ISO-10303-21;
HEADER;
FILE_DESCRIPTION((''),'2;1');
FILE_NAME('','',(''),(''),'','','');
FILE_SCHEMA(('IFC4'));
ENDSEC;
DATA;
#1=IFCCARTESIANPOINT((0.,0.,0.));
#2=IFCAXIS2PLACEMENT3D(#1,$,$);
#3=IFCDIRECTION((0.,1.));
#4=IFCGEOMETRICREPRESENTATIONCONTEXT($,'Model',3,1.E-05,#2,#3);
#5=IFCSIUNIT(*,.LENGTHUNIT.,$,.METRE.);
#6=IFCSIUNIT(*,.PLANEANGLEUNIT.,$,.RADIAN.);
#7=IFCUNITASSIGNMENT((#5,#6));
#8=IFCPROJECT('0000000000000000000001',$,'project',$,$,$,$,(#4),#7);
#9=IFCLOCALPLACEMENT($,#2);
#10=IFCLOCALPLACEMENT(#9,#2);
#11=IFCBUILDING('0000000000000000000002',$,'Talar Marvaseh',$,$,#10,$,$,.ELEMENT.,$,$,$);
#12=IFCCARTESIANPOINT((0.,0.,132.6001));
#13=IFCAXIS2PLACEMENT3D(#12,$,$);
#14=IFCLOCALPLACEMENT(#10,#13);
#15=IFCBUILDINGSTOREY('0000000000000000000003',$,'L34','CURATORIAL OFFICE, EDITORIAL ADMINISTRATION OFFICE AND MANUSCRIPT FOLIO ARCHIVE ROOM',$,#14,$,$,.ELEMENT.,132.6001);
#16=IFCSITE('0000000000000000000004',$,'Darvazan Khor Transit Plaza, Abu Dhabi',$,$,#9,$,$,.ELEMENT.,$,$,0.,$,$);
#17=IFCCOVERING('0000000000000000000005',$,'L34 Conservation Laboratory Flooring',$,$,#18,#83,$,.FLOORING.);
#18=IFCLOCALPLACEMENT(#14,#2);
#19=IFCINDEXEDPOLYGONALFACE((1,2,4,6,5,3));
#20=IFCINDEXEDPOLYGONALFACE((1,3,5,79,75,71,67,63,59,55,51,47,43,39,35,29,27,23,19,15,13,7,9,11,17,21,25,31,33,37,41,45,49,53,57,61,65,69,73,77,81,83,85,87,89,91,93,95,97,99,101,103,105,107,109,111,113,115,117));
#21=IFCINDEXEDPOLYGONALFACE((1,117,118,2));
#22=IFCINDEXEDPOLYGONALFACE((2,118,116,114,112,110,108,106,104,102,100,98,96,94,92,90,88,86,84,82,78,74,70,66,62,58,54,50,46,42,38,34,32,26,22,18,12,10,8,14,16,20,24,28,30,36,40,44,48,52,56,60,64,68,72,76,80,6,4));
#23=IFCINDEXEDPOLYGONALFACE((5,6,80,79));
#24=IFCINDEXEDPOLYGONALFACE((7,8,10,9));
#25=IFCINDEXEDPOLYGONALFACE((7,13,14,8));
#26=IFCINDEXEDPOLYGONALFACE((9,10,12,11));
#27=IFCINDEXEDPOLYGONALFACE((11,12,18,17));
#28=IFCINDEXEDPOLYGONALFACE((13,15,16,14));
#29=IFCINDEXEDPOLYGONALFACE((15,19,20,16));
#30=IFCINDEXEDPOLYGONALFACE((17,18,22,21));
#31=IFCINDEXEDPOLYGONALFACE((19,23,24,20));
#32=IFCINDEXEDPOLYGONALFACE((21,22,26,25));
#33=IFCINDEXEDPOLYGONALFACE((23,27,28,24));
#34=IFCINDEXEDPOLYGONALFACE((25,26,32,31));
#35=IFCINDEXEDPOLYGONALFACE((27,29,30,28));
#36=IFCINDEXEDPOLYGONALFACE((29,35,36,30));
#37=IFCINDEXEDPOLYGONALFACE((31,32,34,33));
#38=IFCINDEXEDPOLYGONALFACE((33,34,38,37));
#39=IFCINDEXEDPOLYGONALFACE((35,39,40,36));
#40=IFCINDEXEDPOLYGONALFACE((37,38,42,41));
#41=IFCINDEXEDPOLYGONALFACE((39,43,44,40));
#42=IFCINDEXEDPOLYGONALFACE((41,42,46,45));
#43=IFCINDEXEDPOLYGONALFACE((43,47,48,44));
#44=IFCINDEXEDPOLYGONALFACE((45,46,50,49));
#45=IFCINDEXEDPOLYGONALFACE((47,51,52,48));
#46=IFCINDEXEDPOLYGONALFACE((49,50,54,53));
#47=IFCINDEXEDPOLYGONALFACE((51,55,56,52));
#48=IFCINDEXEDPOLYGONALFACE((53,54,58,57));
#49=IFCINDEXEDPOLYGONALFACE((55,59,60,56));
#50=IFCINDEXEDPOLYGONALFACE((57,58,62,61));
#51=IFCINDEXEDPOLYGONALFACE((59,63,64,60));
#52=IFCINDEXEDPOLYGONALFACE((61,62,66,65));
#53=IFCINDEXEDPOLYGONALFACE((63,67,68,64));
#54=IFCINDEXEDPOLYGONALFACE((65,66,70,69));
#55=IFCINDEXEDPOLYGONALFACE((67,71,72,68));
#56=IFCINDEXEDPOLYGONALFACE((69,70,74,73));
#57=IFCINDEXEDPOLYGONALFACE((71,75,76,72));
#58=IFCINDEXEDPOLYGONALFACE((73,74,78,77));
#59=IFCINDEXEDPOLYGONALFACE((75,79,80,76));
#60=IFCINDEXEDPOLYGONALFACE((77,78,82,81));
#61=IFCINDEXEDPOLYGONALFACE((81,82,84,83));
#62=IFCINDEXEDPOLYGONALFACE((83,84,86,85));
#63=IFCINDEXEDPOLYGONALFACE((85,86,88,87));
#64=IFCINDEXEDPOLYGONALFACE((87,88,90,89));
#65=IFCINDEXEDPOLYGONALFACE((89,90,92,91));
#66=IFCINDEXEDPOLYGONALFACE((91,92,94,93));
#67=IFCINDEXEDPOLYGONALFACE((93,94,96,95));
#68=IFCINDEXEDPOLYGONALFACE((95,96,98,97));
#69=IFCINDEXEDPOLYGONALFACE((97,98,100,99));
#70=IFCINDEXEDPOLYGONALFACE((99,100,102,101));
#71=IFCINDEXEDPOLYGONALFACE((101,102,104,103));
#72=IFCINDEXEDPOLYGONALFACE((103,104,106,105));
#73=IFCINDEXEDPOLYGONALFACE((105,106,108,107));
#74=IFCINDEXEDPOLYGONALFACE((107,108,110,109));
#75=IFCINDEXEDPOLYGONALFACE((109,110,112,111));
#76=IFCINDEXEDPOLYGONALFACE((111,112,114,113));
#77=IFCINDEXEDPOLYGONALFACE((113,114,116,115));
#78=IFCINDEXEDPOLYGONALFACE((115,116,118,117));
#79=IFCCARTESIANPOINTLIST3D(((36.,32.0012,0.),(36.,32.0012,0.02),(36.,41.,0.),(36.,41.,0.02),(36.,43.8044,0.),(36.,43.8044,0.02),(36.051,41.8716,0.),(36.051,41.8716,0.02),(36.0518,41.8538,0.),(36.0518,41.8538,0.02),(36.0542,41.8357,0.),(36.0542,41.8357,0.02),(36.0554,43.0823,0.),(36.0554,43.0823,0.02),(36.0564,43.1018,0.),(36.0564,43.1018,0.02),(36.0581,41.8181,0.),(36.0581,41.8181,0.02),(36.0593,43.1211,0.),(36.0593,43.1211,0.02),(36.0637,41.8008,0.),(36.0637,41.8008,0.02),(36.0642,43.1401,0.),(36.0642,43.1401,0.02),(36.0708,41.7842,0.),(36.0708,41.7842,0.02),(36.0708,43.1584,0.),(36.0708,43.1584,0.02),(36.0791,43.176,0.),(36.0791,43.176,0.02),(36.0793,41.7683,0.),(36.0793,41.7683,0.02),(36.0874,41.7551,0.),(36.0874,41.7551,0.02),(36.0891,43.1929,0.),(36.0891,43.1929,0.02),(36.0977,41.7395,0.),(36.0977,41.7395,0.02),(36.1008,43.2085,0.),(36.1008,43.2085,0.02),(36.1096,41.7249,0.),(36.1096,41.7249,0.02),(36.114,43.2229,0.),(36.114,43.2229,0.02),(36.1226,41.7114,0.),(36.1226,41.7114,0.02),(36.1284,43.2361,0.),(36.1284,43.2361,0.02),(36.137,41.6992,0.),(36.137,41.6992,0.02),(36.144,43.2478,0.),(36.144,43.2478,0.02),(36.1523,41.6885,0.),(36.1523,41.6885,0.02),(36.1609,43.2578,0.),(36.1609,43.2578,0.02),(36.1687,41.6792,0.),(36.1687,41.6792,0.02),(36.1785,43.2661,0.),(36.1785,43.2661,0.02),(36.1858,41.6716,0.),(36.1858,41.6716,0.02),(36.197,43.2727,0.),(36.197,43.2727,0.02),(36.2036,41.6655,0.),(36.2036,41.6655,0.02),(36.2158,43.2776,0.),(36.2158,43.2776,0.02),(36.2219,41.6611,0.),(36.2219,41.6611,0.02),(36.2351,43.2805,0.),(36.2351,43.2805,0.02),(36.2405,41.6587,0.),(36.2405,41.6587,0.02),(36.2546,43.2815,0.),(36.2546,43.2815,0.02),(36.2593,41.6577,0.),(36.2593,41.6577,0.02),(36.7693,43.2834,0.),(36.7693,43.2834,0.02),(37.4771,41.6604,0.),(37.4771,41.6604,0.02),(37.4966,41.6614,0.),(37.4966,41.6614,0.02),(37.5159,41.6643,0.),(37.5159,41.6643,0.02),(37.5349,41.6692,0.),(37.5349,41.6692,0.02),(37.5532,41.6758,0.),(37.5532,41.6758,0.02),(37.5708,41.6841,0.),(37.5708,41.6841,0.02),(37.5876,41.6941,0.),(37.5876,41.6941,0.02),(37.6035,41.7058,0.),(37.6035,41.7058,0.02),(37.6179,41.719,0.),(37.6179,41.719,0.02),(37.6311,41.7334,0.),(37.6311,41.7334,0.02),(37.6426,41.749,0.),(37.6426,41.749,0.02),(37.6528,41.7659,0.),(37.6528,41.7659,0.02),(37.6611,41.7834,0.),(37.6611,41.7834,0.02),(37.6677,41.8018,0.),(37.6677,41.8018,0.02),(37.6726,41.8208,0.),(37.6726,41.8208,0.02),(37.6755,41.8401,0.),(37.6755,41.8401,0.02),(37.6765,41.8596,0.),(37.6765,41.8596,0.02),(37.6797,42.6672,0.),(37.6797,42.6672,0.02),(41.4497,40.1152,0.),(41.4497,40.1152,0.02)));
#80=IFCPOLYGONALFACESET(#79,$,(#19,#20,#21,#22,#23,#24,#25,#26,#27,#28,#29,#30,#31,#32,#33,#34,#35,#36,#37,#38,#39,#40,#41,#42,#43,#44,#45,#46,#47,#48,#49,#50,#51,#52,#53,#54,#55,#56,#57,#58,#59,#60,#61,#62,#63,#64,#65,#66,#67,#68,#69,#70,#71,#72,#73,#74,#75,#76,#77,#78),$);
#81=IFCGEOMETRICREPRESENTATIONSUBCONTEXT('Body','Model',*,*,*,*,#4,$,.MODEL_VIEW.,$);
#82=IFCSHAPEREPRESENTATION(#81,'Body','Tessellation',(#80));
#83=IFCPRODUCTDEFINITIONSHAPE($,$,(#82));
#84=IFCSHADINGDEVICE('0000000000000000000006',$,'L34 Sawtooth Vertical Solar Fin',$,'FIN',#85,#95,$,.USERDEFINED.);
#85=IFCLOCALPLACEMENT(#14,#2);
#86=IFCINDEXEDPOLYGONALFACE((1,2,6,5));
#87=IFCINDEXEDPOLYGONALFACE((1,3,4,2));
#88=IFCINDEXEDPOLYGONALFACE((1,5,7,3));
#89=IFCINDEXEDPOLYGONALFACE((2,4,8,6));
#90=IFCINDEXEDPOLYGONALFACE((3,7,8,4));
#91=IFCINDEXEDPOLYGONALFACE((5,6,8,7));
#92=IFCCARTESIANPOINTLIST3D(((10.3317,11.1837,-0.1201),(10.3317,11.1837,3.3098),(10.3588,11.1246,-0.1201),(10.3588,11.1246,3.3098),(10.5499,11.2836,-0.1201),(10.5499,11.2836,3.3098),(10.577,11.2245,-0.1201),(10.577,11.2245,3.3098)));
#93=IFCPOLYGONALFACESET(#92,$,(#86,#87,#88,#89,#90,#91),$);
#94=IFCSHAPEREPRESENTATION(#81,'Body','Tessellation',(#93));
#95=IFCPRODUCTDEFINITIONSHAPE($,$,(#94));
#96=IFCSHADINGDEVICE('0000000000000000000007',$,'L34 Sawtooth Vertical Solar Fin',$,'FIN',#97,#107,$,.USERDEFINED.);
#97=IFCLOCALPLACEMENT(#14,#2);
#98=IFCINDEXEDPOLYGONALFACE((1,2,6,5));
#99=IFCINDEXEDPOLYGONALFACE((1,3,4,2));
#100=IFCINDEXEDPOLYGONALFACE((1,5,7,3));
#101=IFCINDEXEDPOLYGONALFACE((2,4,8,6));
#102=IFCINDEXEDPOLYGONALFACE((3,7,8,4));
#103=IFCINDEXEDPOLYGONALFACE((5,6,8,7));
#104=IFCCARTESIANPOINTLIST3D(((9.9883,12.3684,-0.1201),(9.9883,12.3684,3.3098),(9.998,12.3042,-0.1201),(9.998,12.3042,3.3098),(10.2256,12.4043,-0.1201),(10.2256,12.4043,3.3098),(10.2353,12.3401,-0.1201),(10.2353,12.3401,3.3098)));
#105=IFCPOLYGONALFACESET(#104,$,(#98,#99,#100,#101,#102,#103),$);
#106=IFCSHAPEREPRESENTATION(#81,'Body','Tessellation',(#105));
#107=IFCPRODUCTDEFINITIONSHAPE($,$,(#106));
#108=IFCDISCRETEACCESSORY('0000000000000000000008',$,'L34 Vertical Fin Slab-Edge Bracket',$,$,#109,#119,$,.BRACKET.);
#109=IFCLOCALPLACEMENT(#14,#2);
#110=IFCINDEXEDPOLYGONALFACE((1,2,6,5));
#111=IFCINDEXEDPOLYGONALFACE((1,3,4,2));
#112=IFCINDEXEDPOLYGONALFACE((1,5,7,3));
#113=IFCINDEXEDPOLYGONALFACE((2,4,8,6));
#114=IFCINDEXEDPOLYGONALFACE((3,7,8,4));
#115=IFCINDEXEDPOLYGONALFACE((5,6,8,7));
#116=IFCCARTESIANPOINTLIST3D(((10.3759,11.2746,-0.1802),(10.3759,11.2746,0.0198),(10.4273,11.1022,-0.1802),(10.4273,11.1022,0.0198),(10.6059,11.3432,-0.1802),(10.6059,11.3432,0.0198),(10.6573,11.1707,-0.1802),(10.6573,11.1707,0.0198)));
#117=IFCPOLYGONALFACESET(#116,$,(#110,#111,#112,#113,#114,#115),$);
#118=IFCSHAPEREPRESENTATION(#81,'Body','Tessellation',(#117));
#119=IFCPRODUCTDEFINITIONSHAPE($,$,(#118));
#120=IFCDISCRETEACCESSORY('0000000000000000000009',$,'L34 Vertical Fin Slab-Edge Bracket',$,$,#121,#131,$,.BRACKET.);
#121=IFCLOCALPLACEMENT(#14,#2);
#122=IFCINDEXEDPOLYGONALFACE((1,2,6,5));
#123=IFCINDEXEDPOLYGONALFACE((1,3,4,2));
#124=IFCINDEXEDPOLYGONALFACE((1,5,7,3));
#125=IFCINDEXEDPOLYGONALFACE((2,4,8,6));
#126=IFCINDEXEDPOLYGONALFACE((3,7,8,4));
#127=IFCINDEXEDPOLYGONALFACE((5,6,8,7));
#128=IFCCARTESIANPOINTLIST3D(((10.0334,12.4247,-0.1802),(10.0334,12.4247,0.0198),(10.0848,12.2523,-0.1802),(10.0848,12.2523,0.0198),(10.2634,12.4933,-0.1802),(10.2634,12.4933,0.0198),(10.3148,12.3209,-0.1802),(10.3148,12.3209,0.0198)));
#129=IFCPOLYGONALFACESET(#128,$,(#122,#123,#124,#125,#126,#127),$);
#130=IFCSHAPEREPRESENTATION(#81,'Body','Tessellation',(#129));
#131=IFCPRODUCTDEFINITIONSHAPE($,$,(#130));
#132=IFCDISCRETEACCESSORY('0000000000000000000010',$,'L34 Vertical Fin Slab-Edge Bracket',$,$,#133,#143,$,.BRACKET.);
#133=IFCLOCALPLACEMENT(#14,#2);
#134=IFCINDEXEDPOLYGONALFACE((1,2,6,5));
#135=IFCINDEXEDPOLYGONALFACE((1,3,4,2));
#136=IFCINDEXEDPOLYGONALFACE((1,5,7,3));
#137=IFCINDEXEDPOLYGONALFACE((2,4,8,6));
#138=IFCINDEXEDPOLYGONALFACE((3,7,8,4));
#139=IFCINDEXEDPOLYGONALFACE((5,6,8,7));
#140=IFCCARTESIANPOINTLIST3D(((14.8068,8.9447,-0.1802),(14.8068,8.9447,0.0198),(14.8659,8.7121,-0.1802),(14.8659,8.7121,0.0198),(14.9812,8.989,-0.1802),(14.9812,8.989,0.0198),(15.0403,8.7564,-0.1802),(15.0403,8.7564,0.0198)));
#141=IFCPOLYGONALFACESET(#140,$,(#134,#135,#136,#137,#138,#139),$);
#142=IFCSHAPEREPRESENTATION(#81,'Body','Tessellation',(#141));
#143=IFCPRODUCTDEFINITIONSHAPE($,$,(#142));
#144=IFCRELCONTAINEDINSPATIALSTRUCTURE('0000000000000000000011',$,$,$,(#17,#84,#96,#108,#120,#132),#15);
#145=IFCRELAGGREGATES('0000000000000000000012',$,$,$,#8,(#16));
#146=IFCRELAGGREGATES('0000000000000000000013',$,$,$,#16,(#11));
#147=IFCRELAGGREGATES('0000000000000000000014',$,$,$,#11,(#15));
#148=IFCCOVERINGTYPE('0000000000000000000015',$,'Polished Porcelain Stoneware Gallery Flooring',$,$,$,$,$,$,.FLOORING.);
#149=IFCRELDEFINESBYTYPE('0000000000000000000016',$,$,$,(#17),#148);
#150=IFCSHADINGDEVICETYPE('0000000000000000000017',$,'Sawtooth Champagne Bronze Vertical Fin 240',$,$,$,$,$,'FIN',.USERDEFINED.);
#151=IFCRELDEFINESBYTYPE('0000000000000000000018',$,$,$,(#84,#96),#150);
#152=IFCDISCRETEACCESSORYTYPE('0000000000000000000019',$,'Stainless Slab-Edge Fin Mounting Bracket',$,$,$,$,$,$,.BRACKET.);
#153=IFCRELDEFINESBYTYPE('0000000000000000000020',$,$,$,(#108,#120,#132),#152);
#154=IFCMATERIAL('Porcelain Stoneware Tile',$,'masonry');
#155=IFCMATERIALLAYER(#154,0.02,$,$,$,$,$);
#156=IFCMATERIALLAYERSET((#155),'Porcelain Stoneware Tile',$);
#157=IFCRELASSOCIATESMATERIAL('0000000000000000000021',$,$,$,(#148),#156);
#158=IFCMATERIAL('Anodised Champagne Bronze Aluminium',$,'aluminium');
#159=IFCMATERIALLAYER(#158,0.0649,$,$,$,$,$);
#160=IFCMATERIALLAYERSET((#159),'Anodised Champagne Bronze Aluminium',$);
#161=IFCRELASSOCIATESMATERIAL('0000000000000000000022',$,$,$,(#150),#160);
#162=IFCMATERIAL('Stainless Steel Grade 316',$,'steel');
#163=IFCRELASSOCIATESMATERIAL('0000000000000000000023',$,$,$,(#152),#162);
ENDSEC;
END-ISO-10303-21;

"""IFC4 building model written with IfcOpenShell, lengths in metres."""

from ifc_helpers import new_model, si_unit, direction, frame, origin, origin_2d, place, context, subcontext, project, spatial, polyline, rectangle, outline, extrude, source, transform, mapped, material, layer, layer_set, type_object, type_shapes, element, save


model = new_model("IFC4")

# Units and contexts
model_context = context("Model", 3, precision=1e-05, world=origin(), true_north=direction((0.0, 1.0)))
body_context = subcontext(model_context, "Body", "Model", "MODEL_VIEW")
ifc_project = project(units=[si_unit("LENGTHUNIT", "METRE"), si_unit("PLANEANGLEUNIT", "RADIAN")], contexts=[model_context])

# Site, building, storey
site_placement = place(None, origin())
site = spatial("IfcSite", under=ifc_project, at=site_placement, Name="Darvazan Khor Transit Plaza, Abu Dhabi", CompositionType="ELEMENT", RefElevation=0.0)
building_placement = place(site_placement, origin())
building = spatial("IfcBuilding", under=site, at=building_placement, Name="Talar Marvaseh", CompositionType="ELEMENT")
storey_placement = place(building_placement, frame((0.0, 0.0, 132.6001)))
storey = spatial("IfcBuildingStorey", under=building, at=storey_placement, Name="L34", Description="CURATORIAL OFFICE, EDITORIAL ADMINISTRATION OFFICE AND MANUSCRIPT FOLIO ARCHIVE ROOM", CompositionType="ELEMENT", Elevation=132.6001)

# Covering
ifc_material_1 = material(Name="Porcelain Stoneware Tile", Category="masonry")
ifc_layer_1 = layer(ifc_material_1, 0.02)
ifc_layer_set_1 = layer_set([ifc_layer_1], Name="Porcelain Stoneware Tile")
covering_type_1 = type_object("IfcCoveringType", Name="Polished Porcelain Stoneware Gallery Flooring", PredefinedType="FLOORING", material=ifc_layer_set_1)
covering_1_placement = place(storey_placement, origin())
element("IfcCovering", 1, at=covering_1_placement, inside=storey, type_object=covering_type_1, Name="L34 Conservation Laboratory Flooring", PredefinedType="FLOORING", context=body_context, shape_type="SweptSolid", body=[
    extrude(outline(polyline([(36.2546, 43.2815), (36.2351, 43.2805), (36.2158, 43.2776), (36.197, 43.2727), (36.1785, 43.2661), (36.1609, 43.2578), (36.144, 43.2478), (36.1284, 43.2361), (36.114, 43.2229), (36.1008, 43.2085), (36.0891, 43.1929), (36.0791, 43.176), (36.0708, 43.1584), (36.0642, 43.1401), (36.0593, 43.1211), (36.0564, 43.1018), (36.0554, 43.0823), (36.051, 41.8716), (36.0518, 41.8538), (36.0542, 41.8357), (36.0581, 41.8181), (36.0637, 41.8008), (36.0708, 41.7842), (36.0793, 41.7683), (36.0874, 41.7551), (36.0977, 41.7395), (36.1096, 41.7249), (36.1226, 41.7114), (36.137, 41.6992), (36.1523, 41.6885), (36.1687, 41.6792), (36.1858, 41.6716), (36.2036, 41.6655), (36.2219, 41.6611), (36.2405, 41.6587), (36.2593, 41.6577), (37.4771, 41.6604), (37.4966, 41.6614), (37.5159, 41.6643), (37.5349, 41.6692), (37.5532, 41.6758), (37.5708, 41.6841), (37.5876, 41.6941), (37.6035, 41.7058), (37.6179, 41.719), (37.6311, 41.7334), (37.6426, 41.749), (37.6528, 41.7659), (37.6611, 41.7834), (37.6677, 41.8018), (37.6726, 41.8208), (37.6755, 41.8401), (37.6765, 41.8596), (37.6797, 42.6672), (41.4497, 40.1152), (36.0, 32.0012), (36.0, 41.0), (36.0, 43.8044), (36.7693, 43.2834), (36.2546, 43.2815)])), origin(), (0.0, 0.0, 1.0), 0.02),
])

# Shading devices
ifc_material_2 = material(Name="Anodised Champagne Bronze Aluminium", Category="aluminium")
ifc_layer_2 = layer(ifc_material_2, 0.0649)
ifc_layer_set_2 = layer_set([ifc_layer_2], Name="Anodised Champagne Bronze Aluminium")
shading_device_type = type_object("IfcShadingDeviceType", Name="Sawtooth Champagne Bronze Vertical Fin 240", ElementType="FIN", PredefinedType="USERDEFINED", material=ifc_layer_set_2)
shared_shape_1 = source(origin(), body_context, "Body", "SweptSolid", [
    extrude(rectangle(XDim=0.24, YDim=0.0649, at=origin_2d()), origin(), (0.0, 0.0, 1.0), 3.4299),
])
type_shapes(shading_device_type, [shared_shape_1])
for number, where, z_axis, x_axis, name in (
    (2, (10.4543, 11.2041, -0.1201), (0.0, 0.0, 1.0), (-0.909236, -0.416281, 0.0), "L34 Sawtooth Vertical Solar Fin"),
    (3, (10.1118, 12.3542, -0.1201), (0.0, 0.0, 1.0), (-0.988756, -0.149535, 0.0), "L34 Sawtooth Vertical Solar Fin"),
):
    element("IfcShadingDevice", number, at=place(storey_placement, frame(where, z_axis=z_axis, x_axis=x_axis)), inside=storey, type_object=shading_device_type, Name=name, ObjectType="FIN", PredefinedType="USERDEFINED", context=body_context, shape_type="MappedRepresentation", body=[
        mapped(shared_shape_1, transform((0.0, 0.0, 0.0), x_axis=(1.0, 0.0, 0.0), y_axis=(0.0, 1.0, 0.0), z_axis=(0.0, 0.0, 1.0), scale=1.0)),
    ])

# Discrete accessories
ifc_material_3 = material(Name="Stainless Steel Grade 316", Category="steel")
discrete_accessory_type = type_object("IfcDiscreteAccessoryType", Name="Stainless Slab-Edge Fin Mounting Bracket", PredefinedType="BRACKET", material=ifc_material_3)
shared_shape_2 = source(origin(), body_context, "Body", "SweptSolid", [
    extrude(rectangle(XDim=0.24, YDim=0.1799, at=origin_2d()), origin(), (0.0, 0.0, 1.0), 0.2),
])
type_shapes(discrete_accessory_type, [shared_shape_2])
for number, where, z_axis, x_axis, name in (
    (4, (10.5166, 11.2227, -0.1802), (0.0, 0.0, 1.0), (-0.958323, -0.285688, 0.0), "L34 Vertical Fin Slab-Edge Bracket"),
    (5, (10.1741, 12.3728, -0.1802), (0.0, 0.0, 1.0), (-0.958323, -0.285688, 0.0), "L34 Vertical Fin Slab-Edge Bracket"),
    (6, (14.9236, 8.8506, -0.1802), (0.0, 0.0, 1.0), (0.246322, -0.969188, 0.0), "L34 Vertical Fin Slab-Edge Bracket"),
):
    element("IfcDiscreteAccessory", number, at=place(storey_placement, frame(where, z_axis=z_axis, x_axis=x_axis)), inside=storey, type_object=discrete_accessory_type, Name=name, PredefinedType="BRACKET", context=body_context, shape_type="MappedRepresentation", body=[
        mapped(shared_shape_2, transform((0.0, 0.0, 0.0), x_axis=(1.0, 0.0, 0.0), y_axis=(0.0, 1.0, 0.0), z_axis=(0.0, 0.0, 1.0), scale=1.0)),
    ])

save(model, "model.ifc")
